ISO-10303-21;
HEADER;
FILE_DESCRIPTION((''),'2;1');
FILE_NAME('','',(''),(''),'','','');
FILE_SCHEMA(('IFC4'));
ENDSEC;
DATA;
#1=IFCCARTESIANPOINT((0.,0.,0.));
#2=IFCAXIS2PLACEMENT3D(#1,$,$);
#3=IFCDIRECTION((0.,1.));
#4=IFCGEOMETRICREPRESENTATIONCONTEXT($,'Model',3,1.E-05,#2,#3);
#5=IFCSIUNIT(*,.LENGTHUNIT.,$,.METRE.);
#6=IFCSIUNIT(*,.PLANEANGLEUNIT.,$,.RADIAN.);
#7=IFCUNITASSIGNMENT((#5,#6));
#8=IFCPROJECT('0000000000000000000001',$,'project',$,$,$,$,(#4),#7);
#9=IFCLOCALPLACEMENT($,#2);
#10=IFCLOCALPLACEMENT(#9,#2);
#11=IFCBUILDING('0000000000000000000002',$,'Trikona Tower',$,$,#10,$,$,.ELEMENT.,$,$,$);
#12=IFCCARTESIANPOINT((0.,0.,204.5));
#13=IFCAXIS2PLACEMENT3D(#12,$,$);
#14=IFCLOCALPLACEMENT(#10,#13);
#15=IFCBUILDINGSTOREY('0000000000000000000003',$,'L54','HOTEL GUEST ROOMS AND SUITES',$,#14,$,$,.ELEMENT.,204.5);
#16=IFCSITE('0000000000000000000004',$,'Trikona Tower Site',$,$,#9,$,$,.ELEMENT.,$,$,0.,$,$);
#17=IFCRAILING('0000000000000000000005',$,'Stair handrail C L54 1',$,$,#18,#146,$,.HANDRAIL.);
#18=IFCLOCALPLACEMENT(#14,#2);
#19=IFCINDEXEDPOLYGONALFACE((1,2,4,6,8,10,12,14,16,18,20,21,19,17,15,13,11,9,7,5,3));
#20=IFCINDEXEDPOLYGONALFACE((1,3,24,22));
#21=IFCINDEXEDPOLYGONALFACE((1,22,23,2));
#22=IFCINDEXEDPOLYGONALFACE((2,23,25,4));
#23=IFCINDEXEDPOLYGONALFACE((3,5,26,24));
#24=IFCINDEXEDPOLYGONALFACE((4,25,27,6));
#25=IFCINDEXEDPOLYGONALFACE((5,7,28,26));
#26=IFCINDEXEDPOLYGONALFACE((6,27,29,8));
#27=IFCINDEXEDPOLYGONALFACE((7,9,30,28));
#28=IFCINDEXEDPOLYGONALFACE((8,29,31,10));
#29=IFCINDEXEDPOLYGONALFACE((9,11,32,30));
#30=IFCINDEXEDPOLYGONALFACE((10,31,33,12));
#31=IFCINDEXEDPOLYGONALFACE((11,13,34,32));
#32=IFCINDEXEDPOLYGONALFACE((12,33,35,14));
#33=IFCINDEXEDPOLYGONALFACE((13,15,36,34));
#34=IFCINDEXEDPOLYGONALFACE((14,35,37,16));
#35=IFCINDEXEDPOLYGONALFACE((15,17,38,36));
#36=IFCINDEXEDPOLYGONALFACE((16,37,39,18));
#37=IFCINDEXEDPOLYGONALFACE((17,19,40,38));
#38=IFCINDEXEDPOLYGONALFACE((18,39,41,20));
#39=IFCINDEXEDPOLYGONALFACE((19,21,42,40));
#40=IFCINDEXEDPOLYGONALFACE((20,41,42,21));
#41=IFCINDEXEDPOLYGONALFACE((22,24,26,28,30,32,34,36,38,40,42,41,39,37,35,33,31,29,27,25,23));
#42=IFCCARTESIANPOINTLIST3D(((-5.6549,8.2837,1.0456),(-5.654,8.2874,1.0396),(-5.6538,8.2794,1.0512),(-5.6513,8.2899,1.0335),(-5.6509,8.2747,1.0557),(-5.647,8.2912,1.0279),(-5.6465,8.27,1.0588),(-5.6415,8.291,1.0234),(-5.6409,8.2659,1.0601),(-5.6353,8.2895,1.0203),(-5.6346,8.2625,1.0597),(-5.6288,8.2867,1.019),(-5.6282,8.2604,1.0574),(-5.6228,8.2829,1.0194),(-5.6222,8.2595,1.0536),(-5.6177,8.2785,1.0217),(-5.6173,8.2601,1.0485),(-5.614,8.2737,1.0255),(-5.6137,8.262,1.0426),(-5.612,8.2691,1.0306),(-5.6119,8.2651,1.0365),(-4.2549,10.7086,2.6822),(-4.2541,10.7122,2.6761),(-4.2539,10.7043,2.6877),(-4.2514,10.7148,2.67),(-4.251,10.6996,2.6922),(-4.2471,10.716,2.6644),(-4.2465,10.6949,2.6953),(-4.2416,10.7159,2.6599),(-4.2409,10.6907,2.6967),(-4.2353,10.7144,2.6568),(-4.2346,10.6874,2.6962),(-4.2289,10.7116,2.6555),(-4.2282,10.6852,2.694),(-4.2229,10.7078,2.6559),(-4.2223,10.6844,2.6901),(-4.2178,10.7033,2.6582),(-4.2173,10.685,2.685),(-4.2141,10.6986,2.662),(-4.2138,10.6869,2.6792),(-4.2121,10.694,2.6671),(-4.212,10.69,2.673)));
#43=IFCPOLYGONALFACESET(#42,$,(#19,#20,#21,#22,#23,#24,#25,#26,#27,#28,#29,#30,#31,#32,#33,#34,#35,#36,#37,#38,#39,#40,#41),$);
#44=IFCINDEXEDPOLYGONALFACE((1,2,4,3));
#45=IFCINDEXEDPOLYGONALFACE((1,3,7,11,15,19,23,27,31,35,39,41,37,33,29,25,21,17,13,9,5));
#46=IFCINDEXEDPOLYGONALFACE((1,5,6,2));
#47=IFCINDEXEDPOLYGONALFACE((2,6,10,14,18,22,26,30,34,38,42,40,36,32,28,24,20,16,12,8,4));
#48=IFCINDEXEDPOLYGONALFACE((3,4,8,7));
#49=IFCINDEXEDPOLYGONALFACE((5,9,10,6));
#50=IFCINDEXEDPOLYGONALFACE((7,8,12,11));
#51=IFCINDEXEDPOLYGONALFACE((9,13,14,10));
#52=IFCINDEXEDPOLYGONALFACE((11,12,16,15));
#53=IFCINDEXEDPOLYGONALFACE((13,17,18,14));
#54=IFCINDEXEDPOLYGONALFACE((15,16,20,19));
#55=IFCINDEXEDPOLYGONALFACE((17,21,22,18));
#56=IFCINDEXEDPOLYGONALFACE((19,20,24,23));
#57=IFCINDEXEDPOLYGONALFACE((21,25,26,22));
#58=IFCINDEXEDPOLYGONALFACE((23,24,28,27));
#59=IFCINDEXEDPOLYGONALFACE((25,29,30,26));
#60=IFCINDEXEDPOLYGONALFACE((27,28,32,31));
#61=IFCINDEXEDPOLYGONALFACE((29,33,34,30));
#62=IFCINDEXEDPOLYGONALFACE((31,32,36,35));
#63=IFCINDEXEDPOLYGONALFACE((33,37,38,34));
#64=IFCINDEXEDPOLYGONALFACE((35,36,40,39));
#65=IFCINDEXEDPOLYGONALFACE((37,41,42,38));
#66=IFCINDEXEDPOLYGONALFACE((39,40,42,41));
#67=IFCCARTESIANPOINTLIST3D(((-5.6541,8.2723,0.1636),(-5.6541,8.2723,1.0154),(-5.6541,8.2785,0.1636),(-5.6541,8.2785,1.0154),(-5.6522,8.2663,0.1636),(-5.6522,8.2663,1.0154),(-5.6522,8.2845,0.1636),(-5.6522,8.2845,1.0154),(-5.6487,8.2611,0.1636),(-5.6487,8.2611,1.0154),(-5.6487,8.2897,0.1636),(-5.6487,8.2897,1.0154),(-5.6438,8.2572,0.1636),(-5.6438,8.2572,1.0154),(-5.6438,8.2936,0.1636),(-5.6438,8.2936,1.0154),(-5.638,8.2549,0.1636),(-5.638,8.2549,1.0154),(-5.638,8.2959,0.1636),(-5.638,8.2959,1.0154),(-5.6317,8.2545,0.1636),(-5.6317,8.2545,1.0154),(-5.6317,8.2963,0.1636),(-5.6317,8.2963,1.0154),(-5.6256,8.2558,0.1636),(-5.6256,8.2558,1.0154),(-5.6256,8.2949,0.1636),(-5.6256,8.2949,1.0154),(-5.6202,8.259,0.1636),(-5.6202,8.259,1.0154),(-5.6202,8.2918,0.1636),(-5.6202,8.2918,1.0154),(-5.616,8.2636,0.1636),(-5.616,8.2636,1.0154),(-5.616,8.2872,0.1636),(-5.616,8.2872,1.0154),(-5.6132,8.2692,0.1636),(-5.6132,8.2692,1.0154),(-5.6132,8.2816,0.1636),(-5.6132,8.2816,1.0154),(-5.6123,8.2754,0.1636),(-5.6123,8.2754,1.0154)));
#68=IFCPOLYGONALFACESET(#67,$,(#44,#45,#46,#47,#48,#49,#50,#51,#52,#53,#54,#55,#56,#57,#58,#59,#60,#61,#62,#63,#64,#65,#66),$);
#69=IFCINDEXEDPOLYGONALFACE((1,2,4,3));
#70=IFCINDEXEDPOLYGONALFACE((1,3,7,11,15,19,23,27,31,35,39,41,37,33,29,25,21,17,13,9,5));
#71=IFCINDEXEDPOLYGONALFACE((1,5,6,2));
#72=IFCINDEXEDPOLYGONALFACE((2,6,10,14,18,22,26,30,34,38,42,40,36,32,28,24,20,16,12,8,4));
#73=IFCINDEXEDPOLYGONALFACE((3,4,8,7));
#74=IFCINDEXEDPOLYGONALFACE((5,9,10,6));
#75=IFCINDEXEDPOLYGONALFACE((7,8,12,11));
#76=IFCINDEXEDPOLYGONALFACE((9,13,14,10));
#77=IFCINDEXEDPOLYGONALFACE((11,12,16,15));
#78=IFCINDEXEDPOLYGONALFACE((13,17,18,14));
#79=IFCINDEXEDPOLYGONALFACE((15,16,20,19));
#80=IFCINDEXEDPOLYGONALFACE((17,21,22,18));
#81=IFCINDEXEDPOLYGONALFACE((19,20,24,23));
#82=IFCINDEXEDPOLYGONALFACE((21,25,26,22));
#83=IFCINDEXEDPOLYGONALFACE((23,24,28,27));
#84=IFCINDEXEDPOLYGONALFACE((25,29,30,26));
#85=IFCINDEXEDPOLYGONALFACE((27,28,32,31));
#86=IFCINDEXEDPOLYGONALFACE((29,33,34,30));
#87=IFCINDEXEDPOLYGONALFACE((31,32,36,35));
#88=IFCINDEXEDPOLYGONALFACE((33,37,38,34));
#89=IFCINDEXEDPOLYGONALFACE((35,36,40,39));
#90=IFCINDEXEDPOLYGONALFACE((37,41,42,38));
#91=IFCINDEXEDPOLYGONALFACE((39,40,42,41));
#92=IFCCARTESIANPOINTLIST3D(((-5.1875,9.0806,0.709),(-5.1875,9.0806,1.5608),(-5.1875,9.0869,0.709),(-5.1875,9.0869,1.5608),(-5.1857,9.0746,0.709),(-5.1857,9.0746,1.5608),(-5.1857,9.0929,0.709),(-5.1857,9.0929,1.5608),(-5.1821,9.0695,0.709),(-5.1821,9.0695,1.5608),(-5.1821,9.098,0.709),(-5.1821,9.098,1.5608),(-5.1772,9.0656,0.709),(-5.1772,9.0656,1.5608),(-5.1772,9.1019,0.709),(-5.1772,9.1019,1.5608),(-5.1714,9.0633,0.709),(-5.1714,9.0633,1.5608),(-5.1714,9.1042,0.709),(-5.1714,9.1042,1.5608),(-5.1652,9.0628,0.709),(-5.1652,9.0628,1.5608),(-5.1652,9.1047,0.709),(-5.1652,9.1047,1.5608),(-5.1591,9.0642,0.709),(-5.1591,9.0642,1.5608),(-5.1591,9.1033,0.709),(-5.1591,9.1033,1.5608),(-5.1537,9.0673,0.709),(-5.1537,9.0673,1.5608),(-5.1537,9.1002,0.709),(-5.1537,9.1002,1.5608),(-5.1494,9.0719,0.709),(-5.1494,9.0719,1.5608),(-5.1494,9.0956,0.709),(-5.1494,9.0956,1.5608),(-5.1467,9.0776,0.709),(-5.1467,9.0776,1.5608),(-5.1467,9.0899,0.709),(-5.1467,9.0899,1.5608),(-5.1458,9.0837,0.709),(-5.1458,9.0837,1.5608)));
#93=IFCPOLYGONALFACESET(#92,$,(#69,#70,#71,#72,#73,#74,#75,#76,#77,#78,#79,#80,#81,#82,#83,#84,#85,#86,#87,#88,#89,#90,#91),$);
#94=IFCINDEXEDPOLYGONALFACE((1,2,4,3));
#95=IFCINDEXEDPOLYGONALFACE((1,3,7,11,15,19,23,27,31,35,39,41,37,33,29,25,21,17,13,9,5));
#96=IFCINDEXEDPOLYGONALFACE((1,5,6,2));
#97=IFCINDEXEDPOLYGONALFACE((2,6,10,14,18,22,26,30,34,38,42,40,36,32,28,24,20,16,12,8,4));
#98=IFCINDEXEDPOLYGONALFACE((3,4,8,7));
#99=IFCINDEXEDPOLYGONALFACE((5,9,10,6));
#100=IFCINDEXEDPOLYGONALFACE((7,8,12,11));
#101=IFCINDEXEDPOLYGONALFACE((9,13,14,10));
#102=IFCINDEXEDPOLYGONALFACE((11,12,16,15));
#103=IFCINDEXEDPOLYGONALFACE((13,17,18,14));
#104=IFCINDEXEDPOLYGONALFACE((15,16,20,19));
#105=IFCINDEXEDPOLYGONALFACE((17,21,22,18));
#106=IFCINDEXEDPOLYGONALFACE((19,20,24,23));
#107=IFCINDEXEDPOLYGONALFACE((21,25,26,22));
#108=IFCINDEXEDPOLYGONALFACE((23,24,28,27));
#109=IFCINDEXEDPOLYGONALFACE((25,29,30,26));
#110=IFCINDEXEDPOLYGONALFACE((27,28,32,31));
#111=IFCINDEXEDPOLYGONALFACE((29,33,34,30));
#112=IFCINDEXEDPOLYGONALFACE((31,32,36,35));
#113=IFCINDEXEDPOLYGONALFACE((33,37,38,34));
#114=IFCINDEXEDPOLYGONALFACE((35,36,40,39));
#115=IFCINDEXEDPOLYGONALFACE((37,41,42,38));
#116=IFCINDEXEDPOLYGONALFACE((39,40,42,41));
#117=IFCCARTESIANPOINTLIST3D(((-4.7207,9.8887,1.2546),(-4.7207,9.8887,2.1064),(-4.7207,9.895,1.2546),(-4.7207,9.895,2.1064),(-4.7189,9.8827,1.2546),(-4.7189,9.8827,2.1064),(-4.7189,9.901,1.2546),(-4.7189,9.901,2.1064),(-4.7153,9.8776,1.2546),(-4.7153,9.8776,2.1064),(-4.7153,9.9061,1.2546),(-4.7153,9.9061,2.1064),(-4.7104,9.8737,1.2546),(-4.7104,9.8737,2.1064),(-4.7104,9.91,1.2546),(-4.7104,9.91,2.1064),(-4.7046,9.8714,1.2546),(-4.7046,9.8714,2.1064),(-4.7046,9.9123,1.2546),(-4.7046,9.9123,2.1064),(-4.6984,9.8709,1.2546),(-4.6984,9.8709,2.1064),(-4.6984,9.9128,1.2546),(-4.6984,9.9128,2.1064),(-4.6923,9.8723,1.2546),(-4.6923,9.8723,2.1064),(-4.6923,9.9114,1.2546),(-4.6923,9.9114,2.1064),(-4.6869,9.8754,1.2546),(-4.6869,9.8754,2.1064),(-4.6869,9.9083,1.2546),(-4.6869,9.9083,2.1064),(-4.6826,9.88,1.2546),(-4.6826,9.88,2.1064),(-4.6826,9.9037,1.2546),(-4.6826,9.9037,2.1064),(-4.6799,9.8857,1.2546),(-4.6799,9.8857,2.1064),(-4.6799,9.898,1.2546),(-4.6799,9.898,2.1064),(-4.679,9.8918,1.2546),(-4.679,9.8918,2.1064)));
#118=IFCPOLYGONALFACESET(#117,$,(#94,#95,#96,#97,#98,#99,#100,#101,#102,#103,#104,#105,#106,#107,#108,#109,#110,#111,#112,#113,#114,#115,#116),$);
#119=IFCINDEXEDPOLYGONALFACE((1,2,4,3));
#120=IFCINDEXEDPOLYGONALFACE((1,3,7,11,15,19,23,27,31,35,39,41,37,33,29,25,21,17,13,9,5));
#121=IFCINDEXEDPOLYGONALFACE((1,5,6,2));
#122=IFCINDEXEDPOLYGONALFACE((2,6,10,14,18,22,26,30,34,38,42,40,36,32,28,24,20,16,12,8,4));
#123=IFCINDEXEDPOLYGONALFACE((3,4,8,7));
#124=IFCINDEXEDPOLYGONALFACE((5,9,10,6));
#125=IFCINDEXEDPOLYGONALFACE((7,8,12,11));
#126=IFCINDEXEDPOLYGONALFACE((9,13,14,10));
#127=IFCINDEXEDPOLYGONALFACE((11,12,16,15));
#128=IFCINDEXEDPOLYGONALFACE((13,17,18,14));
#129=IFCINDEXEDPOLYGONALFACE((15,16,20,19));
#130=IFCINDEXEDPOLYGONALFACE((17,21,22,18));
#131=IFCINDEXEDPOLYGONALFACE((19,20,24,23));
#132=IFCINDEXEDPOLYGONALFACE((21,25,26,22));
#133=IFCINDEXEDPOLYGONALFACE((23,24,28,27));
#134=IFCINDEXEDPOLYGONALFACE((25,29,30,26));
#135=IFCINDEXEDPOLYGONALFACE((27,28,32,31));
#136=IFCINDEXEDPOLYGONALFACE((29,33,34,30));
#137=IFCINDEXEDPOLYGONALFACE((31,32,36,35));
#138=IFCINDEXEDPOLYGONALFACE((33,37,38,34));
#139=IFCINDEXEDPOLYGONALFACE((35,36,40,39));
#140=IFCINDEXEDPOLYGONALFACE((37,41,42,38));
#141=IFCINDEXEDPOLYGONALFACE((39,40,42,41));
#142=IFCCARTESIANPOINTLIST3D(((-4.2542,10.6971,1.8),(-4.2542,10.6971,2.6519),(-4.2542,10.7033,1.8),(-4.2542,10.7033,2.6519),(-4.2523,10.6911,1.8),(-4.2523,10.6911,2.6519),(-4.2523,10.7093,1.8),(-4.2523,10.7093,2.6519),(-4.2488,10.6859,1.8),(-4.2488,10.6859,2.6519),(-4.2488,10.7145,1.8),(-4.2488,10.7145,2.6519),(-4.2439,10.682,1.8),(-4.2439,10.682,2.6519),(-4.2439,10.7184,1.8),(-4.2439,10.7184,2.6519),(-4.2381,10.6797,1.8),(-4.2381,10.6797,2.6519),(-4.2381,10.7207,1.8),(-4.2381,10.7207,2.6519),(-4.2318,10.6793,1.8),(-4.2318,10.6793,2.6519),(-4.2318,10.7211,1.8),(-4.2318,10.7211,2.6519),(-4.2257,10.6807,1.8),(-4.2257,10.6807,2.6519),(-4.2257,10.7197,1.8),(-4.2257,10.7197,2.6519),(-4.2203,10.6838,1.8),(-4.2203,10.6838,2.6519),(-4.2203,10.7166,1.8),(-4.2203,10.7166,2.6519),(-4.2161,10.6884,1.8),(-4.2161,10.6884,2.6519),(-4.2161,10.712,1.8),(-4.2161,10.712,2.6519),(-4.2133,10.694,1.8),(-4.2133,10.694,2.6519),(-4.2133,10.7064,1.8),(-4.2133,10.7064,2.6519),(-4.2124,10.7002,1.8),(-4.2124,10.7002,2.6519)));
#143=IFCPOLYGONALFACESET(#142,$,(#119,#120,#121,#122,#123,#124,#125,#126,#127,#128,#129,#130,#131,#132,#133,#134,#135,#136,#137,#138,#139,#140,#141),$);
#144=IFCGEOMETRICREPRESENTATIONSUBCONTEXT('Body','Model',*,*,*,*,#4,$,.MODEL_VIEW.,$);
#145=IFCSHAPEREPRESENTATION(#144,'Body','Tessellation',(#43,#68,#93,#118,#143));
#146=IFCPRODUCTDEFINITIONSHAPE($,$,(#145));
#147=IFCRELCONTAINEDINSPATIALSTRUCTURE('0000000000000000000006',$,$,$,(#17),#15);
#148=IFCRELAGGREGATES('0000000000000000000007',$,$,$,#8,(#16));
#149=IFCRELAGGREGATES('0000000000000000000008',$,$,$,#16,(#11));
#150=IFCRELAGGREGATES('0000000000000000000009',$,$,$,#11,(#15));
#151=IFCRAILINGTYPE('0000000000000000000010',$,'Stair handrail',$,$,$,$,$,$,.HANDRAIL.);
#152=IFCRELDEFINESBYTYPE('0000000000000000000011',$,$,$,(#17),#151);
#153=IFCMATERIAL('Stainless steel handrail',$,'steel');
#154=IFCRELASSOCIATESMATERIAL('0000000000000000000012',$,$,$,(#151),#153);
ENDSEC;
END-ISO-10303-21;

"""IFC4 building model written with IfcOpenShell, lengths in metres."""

from ifc_helpers import new_model, si_unit, direction, frame, origin, origin_2d, place, context, subcontext, project, spatial, circle, extrude, material, type_object, element, save


model = new_model("IFC4")

# Units and contexts
model_context = context("Model", 3, precision=1e-05, world=origin(), true_north=direction((0.0, 1.0)))
body_context = subcontext(model_context, "Body", "Model", "MODEL_VIEW")
ifc_project = project(units=[si_unit("LENGTHUNIT", "METRE"), si_unit("PLANEANGLEUNIT", "RADIAN")], contexts=[model_context])

# Site, building, storey
site_placement = place(None, origin())
site = spatial("IfcSite", under=ifc_project, at=site_placement, Name="Trikona Tower Site", CompositionType="ELEMENT", RefElevation=0.0)
building_placement = place(site_placement, origin())
building = spatial("IfcBuilding", under=site, at=building_placement, Name="Trikona Tower", CompositionType="ELEMENT")
storey_placement = place(building_placement, frame((0.0, 0.0, 204.5)))
storey = spatial("IfcBuildingStorey", under=building, at=storey_placement, Name="L54", Description="HOTEL GUEST ROOMS AND SUITES", CompositionType="ELEMENT", Elevation=204.5)

# Railing
ifc_material_1 = material(Name="Stainless steel handrail", Category="steel")
railing_type = type_object("IfcRailingType", Name="Stair handrail", PredefinedType="HANDRAIL", material=ifc_material_1)
railing_1_placement = place(storey_placement, frame((-5.6333, 8.2754, 0.1636)))
element("IfcRailing", 1, at=railing_1_placement, inside=storey, type_object=railing_type, Name="Stair handrail C L54 1", PredefinedType="HANDRAIL", context=body_context, shape_type="SweptSolid", body=[
    extrude(circle(Radius=0.0239, at=origin_2d()), frame((0.0, 0.0, 0.876), z_axis=(0.431661, 0.74769, 0.504608), x_axis=(-0.866035, 0.499984, 0.0)), (0.0, 0.0, 1.0), 3.2432),
    extrude(circle(Radius=0.021, at=origin_2d()), origin(), (0.0, 0.0, 1.0), 0.8518),
    extrude(circle(Radius=0.021, at=origin_2d()), frame((0.4666, 0.8083, 0.5454)), (0.0, 0.0, 1.0), 0.8518),
    extrude(circle(Radius=0.021, at=origin_2d()), frame((0.9333, 1.6165, 1.0911)), (0.0, 0.0, 1.0), 0.8518),
    extrude(circle(Radius=0.021, at=origin_2d()), frame((1.3999, 2.4248, 1.6365)), (0.0, 0.0, 1.0), 0.8518),
])

save(model, "model.ifc")
